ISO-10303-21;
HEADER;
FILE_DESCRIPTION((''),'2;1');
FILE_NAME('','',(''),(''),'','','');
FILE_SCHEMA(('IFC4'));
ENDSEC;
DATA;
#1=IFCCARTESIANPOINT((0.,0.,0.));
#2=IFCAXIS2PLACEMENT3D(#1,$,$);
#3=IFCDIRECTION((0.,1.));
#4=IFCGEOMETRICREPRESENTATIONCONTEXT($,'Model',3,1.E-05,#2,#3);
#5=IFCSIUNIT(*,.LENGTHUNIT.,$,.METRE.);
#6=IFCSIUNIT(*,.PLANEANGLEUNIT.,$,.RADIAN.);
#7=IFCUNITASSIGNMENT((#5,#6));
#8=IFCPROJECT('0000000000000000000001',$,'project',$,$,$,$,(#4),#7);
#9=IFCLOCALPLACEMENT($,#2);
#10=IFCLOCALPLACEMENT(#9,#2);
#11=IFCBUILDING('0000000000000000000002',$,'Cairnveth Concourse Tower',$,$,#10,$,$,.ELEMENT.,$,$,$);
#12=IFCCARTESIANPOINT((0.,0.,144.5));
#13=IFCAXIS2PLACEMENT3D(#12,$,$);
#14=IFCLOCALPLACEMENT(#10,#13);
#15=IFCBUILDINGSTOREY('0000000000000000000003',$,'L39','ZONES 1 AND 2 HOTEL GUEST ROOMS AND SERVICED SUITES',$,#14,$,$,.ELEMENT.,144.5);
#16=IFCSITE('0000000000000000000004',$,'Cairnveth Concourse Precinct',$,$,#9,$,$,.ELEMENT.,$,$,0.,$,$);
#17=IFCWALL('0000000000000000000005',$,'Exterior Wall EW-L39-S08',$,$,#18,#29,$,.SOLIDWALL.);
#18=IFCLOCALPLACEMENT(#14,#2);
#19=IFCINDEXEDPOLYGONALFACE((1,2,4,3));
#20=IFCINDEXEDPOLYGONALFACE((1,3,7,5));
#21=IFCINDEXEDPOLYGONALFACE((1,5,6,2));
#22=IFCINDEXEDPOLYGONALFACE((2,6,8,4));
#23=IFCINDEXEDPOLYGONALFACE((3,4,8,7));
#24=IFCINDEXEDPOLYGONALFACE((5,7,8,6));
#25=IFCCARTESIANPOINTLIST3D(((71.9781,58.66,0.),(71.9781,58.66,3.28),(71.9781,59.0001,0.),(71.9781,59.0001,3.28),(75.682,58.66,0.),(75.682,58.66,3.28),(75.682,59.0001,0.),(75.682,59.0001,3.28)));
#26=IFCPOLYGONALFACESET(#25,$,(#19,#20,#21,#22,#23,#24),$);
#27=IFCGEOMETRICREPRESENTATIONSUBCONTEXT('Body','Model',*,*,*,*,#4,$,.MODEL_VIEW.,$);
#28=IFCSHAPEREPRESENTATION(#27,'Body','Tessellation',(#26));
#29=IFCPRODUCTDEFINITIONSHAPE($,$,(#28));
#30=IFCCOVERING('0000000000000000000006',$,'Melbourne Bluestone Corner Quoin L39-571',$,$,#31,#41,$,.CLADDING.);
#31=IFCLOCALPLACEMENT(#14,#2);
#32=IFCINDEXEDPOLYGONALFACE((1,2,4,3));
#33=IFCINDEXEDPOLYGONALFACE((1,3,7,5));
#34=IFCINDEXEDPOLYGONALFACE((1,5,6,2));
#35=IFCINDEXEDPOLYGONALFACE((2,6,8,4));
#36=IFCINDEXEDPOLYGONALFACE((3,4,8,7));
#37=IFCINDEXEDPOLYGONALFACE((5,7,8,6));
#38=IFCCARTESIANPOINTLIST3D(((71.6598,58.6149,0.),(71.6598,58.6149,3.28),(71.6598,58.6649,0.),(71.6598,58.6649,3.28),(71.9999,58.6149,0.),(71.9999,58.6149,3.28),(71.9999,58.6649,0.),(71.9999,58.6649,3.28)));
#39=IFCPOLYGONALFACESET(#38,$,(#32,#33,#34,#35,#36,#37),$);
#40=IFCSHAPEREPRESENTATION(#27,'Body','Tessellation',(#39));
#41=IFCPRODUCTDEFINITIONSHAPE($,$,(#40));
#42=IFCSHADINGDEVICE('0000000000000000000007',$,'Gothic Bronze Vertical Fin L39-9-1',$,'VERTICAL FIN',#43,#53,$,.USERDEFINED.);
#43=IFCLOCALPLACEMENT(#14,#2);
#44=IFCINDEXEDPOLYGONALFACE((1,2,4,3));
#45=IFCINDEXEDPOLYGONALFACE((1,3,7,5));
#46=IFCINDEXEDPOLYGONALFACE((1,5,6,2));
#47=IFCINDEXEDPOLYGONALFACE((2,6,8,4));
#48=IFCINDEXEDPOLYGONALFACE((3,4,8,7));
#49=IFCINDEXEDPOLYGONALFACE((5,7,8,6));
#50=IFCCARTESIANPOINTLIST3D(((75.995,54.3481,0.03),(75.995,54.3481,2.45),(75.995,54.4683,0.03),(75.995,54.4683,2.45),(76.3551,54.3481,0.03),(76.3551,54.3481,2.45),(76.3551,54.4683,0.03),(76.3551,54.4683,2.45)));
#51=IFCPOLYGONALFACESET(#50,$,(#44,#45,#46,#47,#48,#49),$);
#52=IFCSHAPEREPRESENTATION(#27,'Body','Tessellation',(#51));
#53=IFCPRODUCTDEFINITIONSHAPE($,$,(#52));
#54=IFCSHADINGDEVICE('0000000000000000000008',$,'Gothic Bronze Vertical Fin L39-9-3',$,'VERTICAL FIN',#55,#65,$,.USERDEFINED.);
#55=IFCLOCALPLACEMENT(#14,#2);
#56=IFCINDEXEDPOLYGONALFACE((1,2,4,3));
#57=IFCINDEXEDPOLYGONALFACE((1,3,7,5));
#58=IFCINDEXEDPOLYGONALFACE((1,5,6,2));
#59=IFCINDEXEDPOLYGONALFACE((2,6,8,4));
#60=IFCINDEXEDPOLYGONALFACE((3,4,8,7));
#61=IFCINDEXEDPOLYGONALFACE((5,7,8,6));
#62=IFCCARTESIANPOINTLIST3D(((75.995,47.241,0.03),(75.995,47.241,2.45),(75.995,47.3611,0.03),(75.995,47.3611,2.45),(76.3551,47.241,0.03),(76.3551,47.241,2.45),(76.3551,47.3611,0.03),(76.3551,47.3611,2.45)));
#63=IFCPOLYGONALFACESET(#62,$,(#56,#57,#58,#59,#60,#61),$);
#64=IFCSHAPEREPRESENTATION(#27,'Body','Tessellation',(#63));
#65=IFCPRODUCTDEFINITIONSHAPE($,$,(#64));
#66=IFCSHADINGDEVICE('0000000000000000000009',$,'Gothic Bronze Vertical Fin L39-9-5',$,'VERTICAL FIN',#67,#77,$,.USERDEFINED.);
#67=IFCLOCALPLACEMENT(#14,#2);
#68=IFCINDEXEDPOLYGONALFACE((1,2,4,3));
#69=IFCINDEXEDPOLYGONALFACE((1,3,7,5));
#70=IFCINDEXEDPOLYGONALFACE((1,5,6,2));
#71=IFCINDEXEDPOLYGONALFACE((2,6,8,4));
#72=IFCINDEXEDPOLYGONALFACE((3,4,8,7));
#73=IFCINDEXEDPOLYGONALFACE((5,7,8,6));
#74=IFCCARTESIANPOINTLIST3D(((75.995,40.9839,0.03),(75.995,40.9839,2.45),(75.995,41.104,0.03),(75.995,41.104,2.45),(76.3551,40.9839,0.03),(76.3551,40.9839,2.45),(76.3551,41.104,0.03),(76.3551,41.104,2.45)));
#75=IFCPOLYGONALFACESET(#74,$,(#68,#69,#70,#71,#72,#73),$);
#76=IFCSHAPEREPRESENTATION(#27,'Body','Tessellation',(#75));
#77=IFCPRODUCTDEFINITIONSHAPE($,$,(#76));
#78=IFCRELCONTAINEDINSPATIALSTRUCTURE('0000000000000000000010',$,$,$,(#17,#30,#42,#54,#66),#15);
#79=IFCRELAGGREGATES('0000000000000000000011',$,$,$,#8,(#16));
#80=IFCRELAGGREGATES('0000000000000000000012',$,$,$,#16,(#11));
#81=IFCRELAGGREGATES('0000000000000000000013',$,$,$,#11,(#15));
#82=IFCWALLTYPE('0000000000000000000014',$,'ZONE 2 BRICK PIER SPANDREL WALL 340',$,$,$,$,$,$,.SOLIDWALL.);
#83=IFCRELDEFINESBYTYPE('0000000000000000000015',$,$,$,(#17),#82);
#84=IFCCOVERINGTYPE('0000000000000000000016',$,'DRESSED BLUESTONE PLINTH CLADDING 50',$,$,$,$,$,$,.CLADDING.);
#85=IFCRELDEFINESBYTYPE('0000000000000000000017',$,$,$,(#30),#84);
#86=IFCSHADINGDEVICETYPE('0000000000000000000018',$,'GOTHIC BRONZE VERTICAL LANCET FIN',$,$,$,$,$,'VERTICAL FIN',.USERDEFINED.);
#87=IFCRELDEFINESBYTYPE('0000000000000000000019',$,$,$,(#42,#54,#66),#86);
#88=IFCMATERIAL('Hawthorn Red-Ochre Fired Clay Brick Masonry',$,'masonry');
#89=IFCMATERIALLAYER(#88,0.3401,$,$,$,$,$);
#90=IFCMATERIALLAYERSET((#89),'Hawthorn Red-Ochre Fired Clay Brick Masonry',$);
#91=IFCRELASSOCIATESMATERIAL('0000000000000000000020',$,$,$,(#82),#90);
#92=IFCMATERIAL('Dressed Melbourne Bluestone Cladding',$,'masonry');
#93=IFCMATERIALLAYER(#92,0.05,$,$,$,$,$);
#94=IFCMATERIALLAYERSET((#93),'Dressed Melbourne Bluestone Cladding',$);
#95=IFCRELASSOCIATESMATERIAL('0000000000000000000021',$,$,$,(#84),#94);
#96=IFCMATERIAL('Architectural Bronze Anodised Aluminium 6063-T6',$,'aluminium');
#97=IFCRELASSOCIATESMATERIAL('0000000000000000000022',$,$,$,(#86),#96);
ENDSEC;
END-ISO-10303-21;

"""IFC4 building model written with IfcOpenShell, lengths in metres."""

from ifc_helpers import new_model, si_unit, direction, frame, frame_2d, origin, origin_2d, place, context, subcontext, project, spatial, rectangle, extrude, material, layer, layer_set, type_object, element, save


model = new_model("IFC4")

# Units and contexts
model_context = context("Model", 3, precision=1e-05, world=origin(), true_north=direction((0.0, 1.0)))
body_context = subcontext(model_context, "Body", "Model", "MODEL_VIEW")
ifc_project = project(units=[si_unit("LENGTHUNIT", "METRE"), si_unit("PLANEANGLEUNIT", "RADIAN")], contexts=[model_context])

# Site, building, storey
site_placement = place(None, origin())
site = spatial("IfcSite", under=ifc_project, at=site_placement, Name="Cairnveth Concourse Precinct", CompositionType="ELEMENT", RefElevation=0.0)
building_placement = place(site_placement, origin())
building = spatial("IfcBuilding", under=site, at=building_placement, Name="Cairnveth Concourse Tower", CompositionType="ELEMENT")
storey_placement = place(building_placement, frame((0.0, 0.0, 144.5)))
storey = spatial("IfcBuildingStorey", under=building, at=storey_placement, Name="L39", Description="ZONES 1 AND 2 HOTEL GUEST ROOMS AND SERVICED SUITES", CompositionType="ELEMENT", Elevation=144.5)

# Wall
ifc_material_1 = material(Name="Hawthorn Red-Ochre Fired Clay Brick Masonry", Category="masonry")
ifc_layer_1 = layer(ifc_material_1, 0.3401)
ifc_layer_set_1 = layer_set([ifc_layer_1], Name="Hawthorn Red-Ochre Fired Clay Brick Masonry")
wall_type_1 = type_object("IfcWallType", Name="ZONE 2 BRICK PIER SPANDREL WALL 340", PredefinedType="SOLIDWALL", material=ifc_layer_set_1)
wall_1_placement = place(storey_placement, frame((71.978, 58.8301, 0.0), z_axis=(0.0, 0.0, 1.0), x_axis=(1.0, 0.0, 0.0)))
element("IfcWall", 1, at=wall_1_placement, inside=storey, type_object=wall_type_1, Name="Exterior Wall EW-L39-S08", PredefinedType="SOLIDWALL", context=body_context, shape_type="SweptSolid", body=[
    extrude(rectangle(XDim=3.7039, YDim=0.3401, at=frame_2d((1.8521, 0.0))), origin(), (0.0, 0.0, 1.0), 3.28),
])

# Covering
ifc_material_2 = material(Name="Dressed Melbourne Bluestone Cladding", Category="masonry")
ifc_layer_2 = layer(ifc_material_2, 0.05)
ifc_layer_set_2 = layer_set([ifc_layer_2], Name="Dressed Melbourne Bluestone Cladding")
covering_type = type_object("IfcCoveringType", Name="DRESSED BLUESTONE PLINTH CLADDING 50", PredefinedType="CLADDING", material=ifc_layer_set_2)
covering_placement = place(storey_placement, frame((71.6599, 58.6399, 0.0), z_axis=(0.0, 0.0, 1.0), x_axis=(1.0, 0.0, 0.0)))
element("IfcCovering", 2, at=covering_placement, inside=storey, type_object=covering_type, Name="Melbourne Bluestone Corner Quoin L39-571", PredefinedType="CLADDING", context=body_context, shape_type="SweptSolid", body=[
    extrude(rectangle(XDim=0.3401, YDim=0.05, at=frame_2d((0.1699, 0.0))), origin(), (0.0, 0.0, 1.0), 3.28),
])

# Shading devices
ifc_material_3 = material(Name="Architectural Bronze Anodised Aluminium 6063-T6", Category="aluminium")
shading_device_type = type_object("IfcShadingDeviceType", Name="GOTHIC BRONZE VERTICAL LANCET FIN", ElementType="VERTICAL FIN", PredefinedType="USERDEFINED", material=ifc_material_3)
for number, where, z_axis, x_axis, name in (
    (3, (76.175, 54.4082, 0.03), (0.0, 0.0, 1.0), (0.0, 1.0, 0.0), "Gothic Bronze Vertical Fin L39-9-1"),
    (4, (76.175, 47.301, 0.03), (0.0, 0.0, 1.0), (0.0, 1.0, 0.0), "Gothic Bronze Vertical Fin L39-9-3"),
    (5, (76.175, 41.0439, 0.03), (0.0, 0.0, 1.0), (0.0, 1.0, 0.0), "Gothic Bronze Vertical Fin L39-9-5"),
):
    element("IfcShadingDevice", number, at=place(storey_placement, frame(where, z_axis=z_axis, x_axis=x_axis)), inside=storey, type_object=shading_device_type, Name=name, ObjectType="VERTICAL FIN", PredefinedType="USERDEFINED", context=body_context, shape_type="SweptSolid", body=[
        extrude(rectangle(XDim=0.1201, YDim=0.3601, at=origin_2d()), origin(), (0.0, 0.0, 1.0), 2.4199),
    ])

save(model, "model.ifc")
